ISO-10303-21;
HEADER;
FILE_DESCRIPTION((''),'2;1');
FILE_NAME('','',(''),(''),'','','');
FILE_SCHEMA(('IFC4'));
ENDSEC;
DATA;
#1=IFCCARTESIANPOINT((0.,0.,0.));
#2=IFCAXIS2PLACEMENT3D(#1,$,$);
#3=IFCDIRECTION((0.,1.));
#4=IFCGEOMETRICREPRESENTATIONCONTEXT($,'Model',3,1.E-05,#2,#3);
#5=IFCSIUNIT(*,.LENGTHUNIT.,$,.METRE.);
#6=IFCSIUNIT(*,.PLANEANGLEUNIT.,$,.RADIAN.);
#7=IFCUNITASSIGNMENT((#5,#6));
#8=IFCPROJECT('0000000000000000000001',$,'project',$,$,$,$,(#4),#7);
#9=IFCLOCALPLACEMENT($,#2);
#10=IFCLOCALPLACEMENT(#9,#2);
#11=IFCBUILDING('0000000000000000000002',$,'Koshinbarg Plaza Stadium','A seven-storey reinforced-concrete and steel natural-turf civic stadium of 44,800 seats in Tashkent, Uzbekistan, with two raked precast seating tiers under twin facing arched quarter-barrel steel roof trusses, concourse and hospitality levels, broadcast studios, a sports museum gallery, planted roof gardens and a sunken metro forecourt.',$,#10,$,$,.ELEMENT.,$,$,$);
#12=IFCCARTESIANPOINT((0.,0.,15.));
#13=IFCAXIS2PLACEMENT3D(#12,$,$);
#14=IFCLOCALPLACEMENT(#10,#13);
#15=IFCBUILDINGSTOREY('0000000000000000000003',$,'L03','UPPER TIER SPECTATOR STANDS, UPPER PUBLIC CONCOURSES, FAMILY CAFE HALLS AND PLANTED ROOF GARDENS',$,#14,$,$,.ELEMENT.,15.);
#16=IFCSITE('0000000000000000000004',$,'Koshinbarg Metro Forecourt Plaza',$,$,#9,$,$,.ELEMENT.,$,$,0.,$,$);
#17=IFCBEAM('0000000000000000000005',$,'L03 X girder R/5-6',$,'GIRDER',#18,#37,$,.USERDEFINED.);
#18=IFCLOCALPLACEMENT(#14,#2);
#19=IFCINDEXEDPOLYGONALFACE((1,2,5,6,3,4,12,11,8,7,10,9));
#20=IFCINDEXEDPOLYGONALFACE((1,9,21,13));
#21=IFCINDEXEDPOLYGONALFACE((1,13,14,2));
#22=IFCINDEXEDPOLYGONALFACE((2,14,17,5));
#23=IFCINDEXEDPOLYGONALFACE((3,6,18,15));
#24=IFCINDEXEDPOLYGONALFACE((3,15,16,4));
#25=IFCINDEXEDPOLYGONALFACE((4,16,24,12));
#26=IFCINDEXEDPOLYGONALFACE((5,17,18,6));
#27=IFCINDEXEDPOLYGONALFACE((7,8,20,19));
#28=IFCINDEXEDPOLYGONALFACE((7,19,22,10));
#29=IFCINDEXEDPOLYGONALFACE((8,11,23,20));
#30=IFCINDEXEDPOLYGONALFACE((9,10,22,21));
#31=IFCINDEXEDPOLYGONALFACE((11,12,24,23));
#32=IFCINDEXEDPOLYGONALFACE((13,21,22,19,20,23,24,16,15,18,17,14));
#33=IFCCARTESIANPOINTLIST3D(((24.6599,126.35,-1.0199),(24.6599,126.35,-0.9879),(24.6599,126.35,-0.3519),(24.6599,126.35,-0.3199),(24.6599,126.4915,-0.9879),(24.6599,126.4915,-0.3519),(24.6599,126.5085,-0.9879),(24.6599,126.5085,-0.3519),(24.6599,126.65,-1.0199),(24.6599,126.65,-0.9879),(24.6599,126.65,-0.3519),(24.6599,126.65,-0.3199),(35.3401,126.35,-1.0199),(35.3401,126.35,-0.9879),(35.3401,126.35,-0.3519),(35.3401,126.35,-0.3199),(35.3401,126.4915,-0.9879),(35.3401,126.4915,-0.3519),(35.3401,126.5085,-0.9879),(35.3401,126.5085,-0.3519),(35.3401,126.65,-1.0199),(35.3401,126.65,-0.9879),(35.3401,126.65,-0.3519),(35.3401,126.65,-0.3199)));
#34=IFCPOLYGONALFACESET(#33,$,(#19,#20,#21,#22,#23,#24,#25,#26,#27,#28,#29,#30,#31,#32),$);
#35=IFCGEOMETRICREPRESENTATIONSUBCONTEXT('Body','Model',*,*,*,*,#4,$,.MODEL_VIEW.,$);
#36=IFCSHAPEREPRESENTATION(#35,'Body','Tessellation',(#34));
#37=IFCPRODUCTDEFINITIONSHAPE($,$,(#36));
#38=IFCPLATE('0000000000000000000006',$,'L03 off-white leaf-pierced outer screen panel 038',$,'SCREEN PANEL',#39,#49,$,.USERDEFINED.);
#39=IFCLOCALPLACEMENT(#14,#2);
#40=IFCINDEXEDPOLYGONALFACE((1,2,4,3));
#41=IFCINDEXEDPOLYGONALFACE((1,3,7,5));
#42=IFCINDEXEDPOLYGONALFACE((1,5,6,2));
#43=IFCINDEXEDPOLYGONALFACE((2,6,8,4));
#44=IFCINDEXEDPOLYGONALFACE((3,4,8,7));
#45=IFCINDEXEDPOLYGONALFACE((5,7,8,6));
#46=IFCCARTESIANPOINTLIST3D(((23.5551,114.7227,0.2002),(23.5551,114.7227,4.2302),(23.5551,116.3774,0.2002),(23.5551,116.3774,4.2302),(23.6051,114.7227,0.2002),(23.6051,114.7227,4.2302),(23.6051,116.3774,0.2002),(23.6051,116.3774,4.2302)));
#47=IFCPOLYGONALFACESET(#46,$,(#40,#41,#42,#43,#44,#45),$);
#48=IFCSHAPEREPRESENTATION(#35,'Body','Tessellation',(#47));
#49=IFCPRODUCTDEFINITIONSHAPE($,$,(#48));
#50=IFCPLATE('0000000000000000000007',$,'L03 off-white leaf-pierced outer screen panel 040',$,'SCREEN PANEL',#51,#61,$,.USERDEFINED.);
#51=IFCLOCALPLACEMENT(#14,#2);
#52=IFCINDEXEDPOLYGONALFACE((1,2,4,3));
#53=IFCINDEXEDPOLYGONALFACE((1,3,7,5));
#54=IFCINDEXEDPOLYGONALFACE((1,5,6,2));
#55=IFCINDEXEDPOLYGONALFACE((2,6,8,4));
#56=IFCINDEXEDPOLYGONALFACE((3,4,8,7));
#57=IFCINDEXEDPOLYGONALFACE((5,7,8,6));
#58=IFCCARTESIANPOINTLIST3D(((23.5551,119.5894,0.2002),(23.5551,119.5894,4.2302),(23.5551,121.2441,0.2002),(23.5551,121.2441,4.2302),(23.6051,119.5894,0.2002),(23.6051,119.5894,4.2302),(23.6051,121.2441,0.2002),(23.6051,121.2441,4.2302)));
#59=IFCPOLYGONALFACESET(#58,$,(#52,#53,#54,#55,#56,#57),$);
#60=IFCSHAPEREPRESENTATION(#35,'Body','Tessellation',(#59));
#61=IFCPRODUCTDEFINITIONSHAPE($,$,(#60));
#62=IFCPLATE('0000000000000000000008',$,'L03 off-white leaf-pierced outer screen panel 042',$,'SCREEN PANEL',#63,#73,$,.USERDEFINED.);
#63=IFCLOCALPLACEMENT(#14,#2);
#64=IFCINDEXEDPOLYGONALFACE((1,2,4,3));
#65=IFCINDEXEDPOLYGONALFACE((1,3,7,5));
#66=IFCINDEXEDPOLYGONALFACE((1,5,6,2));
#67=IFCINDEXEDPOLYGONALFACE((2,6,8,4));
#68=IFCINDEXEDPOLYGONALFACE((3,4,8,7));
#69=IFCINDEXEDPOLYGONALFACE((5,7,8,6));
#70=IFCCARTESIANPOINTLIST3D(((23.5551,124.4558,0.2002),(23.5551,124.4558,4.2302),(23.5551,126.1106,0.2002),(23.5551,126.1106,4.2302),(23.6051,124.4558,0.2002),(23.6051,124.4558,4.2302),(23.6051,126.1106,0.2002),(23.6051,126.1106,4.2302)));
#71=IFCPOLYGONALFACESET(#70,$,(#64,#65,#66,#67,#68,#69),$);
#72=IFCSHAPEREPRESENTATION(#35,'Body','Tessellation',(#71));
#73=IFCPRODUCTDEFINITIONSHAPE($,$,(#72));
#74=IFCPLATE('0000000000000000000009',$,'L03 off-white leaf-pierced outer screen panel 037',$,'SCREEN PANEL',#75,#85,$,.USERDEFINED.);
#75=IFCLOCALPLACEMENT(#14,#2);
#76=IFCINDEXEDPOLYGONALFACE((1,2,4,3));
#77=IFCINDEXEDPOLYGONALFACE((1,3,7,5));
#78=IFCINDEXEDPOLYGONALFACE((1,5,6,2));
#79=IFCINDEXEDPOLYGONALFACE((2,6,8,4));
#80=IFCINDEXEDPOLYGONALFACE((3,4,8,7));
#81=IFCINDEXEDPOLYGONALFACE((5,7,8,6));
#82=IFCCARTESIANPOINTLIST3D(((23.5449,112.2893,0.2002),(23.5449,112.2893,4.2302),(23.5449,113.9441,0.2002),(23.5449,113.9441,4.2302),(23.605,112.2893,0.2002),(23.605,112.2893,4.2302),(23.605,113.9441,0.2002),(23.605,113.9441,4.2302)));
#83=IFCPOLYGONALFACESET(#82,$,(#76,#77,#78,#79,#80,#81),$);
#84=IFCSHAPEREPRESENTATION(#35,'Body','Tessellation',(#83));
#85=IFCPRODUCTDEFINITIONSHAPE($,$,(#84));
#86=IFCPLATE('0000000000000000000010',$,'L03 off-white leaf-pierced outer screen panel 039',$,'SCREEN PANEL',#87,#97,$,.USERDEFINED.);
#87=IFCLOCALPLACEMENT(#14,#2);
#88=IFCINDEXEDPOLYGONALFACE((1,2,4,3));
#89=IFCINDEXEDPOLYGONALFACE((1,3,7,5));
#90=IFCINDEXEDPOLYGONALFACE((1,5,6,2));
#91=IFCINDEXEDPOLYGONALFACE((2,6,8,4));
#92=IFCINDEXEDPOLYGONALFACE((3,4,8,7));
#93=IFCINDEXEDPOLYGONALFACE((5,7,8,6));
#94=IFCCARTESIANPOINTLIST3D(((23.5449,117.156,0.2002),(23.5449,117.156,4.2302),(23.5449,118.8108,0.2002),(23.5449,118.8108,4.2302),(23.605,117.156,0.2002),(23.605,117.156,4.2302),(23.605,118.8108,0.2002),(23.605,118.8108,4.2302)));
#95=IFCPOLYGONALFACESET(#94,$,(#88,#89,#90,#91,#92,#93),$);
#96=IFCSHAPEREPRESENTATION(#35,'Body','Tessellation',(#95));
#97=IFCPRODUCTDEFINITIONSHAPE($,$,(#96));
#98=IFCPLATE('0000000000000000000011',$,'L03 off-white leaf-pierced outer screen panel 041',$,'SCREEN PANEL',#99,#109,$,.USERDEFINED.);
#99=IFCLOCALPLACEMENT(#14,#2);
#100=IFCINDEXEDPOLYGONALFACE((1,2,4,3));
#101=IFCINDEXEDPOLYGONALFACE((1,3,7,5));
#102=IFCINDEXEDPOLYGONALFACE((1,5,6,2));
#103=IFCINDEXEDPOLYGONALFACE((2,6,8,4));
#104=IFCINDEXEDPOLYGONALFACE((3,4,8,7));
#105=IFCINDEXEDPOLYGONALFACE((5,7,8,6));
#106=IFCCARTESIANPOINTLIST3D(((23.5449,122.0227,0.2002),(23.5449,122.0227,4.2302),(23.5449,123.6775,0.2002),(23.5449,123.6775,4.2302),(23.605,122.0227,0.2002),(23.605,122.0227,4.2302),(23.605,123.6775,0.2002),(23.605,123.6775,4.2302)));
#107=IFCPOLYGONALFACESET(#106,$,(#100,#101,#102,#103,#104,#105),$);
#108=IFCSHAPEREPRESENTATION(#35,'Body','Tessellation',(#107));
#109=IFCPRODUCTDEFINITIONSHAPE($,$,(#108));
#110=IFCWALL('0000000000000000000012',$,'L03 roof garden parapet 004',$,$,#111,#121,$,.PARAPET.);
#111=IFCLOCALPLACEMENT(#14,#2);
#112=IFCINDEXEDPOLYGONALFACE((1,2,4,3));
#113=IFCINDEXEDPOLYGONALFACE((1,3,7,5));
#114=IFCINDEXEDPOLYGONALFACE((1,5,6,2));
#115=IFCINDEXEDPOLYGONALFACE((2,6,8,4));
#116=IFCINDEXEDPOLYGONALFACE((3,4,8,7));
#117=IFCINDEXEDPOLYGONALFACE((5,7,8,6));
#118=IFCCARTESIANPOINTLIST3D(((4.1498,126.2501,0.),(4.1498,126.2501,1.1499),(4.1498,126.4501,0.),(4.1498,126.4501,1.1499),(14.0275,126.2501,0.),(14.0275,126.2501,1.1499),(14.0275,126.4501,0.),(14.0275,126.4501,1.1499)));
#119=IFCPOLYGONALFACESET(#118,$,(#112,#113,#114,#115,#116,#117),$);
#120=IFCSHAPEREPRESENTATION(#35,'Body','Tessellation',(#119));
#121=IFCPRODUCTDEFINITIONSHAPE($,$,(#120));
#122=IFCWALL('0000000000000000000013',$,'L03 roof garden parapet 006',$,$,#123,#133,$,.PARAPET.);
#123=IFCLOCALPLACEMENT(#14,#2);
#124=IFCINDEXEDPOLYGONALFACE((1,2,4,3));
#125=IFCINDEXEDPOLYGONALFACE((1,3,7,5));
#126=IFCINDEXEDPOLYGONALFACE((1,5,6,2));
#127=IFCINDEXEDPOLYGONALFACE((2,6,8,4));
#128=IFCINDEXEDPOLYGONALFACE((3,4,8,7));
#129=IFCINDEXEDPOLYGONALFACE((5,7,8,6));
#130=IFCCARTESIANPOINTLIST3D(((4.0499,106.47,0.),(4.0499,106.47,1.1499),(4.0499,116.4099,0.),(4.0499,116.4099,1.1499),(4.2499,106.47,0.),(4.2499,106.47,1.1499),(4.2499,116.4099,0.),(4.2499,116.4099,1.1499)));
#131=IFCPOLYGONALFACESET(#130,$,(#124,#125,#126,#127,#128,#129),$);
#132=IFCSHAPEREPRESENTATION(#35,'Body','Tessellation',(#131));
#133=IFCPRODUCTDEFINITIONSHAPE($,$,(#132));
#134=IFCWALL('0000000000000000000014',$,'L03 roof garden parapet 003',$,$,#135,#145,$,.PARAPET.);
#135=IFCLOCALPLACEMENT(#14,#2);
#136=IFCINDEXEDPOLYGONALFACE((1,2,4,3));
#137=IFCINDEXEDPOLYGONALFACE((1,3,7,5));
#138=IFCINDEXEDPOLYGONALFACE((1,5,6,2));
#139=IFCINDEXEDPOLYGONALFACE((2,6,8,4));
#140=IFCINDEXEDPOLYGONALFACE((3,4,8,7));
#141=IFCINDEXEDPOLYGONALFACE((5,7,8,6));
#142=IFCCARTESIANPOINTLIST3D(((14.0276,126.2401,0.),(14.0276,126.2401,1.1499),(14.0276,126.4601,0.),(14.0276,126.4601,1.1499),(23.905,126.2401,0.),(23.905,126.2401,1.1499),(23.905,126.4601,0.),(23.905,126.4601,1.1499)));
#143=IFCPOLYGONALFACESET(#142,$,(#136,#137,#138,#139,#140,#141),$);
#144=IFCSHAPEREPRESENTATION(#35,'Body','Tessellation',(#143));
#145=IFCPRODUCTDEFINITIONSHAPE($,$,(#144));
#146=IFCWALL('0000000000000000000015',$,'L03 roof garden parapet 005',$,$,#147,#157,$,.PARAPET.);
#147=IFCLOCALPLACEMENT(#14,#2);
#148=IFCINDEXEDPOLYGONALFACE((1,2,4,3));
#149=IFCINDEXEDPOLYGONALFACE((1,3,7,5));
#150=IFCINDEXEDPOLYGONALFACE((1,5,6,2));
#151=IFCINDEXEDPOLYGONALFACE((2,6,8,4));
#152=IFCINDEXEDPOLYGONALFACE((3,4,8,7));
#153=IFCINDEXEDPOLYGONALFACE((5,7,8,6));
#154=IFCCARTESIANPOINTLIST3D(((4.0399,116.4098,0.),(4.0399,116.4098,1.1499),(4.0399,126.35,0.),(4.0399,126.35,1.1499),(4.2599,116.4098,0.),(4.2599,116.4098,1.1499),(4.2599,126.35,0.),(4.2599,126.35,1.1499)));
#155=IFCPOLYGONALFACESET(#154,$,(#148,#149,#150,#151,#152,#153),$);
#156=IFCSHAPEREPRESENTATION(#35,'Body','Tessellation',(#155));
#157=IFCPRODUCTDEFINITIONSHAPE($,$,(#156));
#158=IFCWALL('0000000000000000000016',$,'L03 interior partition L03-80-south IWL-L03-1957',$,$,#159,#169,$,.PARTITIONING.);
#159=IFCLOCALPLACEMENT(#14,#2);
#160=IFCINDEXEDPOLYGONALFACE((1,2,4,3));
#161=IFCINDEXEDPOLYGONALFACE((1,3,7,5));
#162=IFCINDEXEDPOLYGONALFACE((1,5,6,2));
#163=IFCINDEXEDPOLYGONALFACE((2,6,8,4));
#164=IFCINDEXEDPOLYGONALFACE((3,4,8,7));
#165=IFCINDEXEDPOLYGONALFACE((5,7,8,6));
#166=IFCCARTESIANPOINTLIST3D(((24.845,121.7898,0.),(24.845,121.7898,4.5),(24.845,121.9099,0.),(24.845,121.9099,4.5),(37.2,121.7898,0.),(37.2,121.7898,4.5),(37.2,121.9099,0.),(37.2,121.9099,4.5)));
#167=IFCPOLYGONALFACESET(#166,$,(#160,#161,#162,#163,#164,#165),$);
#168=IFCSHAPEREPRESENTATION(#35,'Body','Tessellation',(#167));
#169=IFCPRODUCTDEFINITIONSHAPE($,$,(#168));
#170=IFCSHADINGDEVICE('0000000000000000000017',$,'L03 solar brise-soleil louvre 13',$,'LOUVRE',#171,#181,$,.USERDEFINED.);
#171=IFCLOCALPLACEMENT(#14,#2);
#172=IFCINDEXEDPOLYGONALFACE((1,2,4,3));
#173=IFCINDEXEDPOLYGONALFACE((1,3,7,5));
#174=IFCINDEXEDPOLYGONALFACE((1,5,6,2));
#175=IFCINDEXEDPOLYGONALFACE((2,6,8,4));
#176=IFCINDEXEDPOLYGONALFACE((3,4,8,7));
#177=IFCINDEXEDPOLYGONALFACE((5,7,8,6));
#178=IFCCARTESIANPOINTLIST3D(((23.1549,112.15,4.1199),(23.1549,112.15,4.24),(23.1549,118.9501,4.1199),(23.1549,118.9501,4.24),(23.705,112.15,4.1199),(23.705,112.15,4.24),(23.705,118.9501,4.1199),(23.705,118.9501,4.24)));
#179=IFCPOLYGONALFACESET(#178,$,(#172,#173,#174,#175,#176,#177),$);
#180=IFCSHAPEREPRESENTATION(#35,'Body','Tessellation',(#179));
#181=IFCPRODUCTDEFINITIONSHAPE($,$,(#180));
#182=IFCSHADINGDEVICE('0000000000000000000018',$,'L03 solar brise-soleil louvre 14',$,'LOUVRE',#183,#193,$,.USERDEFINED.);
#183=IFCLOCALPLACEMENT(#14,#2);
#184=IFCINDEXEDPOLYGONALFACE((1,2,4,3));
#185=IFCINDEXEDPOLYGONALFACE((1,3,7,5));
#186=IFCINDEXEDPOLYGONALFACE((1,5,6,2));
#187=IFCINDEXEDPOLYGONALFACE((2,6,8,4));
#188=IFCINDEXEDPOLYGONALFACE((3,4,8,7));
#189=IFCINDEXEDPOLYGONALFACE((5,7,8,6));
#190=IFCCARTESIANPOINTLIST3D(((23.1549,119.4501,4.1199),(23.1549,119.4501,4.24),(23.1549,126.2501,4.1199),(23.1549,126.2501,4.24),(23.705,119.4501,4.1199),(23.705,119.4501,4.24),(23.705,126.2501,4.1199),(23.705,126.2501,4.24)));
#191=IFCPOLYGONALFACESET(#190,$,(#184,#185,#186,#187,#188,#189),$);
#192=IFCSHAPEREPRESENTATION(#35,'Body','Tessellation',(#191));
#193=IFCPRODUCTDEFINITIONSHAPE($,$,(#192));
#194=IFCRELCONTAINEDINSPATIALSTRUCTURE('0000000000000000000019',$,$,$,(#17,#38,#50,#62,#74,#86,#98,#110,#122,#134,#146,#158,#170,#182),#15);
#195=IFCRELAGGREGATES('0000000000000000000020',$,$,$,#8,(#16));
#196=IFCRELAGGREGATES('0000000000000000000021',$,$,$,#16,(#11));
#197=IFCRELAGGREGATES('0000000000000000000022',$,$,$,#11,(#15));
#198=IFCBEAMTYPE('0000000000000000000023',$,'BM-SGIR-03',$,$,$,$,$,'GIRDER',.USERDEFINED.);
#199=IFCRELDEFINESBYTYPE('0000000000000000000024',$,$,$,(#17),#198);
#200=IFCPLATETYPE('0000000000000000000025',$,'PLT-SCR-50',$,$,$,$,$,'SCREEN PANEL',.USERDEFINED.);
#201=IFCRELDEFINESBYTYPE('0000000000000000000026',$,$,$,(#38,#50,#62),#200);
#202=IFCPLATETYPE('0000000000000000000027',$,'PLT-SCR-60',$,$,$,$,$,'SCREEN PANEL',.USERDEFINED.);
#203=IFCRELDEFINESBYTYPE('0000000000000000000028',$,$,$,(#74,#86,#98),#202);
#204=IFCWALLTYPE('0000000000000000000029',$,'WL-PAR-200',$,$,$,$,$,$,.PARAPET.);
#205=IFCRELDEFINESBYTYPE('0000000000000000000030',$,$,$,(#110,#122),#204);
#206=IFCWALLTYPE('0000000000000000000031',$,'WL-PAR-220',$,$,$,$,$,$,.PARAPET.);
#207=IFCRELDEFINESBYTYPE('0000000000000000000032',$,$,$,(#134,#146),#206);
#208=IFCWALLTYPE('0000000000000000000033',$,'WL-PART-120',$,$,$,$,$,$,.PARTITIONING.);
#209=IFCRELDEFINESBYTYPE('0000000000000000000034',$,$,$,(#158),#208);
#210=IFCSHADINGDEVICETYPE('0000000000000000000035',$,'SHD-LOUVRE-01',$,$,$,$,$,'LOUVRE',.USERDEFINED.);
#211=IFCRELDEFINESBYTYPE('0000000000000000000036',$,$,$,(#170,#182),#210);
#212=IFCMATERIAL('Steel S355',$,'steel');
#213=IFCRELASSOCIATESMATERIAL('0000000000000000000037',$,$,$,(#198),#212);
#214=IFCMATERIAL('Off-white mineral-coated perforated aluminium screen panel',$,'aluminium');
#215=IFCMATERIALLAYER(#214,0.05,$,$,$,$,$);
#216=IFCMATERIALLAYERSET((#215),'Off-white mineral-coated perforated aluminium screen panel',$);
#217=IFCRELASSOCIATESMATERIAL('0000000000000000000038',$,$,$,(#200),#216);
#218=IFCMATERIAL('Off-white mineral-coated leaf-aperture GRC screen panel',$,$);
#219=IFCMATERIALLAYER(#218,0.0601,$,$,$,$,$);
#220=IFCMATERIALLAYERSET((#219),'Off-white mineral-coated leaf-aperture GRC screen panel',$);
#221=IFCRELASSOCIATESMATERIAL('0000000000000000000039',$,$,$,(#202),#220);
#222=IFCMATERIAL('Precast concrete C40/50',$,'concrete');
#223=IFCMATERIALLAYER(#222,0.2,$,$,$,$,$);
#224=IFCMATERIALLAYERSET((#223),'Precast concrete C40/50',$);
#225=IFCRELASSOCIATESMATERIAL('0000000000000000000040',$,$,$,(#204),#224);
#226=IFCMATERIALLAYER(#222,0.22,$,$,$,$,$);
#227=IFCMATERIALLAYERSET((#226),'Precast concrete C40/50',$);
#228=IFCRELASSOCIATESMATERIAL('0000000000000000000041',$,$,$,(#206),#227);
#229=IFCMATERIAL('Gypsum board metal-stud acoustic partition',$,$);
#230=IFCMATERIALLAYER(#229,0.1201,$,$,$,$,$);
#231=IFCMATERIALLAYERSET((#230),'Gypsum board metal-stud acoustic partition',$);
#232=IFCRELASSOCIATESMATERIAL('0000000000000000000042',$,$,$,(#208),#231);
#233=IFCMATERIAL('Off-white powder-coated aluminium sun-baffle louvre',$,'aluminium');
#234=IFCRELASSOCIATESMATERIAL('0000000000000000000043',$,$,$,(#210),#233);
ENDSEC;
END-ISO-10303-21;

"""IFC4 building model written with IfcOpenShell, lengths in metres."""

from ifc_helpers import new_model, si_unit, direction, frame, frame_2d, origin, origin_2d, place, context, subcontext, project, spatial, rectangle, i_section, extrude, material, layer, layer_set, material_profile, profile_set, type_object, element, save


model = new_model("IFC4")

# Units and contexts
model_context = context("Model", 3, precision=1e-05, world=origin(), true_north=direction((0.0, 1.0)))
body_context = subcontext(model_context, "Body", "Model", "MODEL_VIEW")
ifc_project = project(units=[si_unit("LENGTHUNIT", "METRE"), si_unit("PLANEANGLEUNIT", "RADIAN")], contexts=[model_context])

# Site, building, storey
site_placement = place(None, origin())
site = spatial("IfcSite", under=ifc_project, at=site_placement, Name="Koshinbarg Metro Forecourt Plaza", CompositionType="ELEMENT", RefElevation=0.0)
building_placement = place(site_placement, origin())
building = spatial("IfcBuilding", under=site, at=building_placement, Name="Koshinbarg Plaza Stadium", Description="A seven-storey reinforced-concrete and steel natural-turf civic stadium of 44,800 seats in Tashkent, Uzbekistan, with two raked precast seating tiers under twin facing arched quarter-barrel steel roof trusses, concourse and hospitality levels, broadcast studios, a sports museum gallery, planted roof gardens and a sunken metro forecourt.", CompositionType="ELEMENT")
storey_placement = place(building_placement, frame((0.0, 0.0, 15.0)))
storey = spatial("IfcBuildingStorey", under=building, at=storey_placement, Name="L03", Description="UPPER TIER SPECTATOR STANDS, UPPER PUBLIC CONCOURSES, FAMILY CAFE HALLS AND PLANTED ROOF GARDENS", CompositionType="ELEMENT", Elevation=15.0)

# Shared definitions
ifc_material_1 = material(Name="Steel S355", Category="steel")

# Beam
ifc_material_profile_1 = material_profile(ifc_material_1, i_section(OverallWidth=0.3, OverallDepth=0.7, WebThickness=0.0171, FlangeThickness=0.032, at=origin_2d()), Name="HEB 700")
ifc_profile_set_1 = profile_set([ifc_material_profile_1], Name="Steel S355")
beam_type_1 = type_object("IfcBeamType", Name="BM-SGIR-03", ElementType="GIRDER", PredefinedType="USERDEFINED", material=ifc_profile_set_1)
beam_placement = place(storey_placement, frame((24.6599, 126.5, -0.6699), z_axis=(1.0, 0.0, 0.0), x_axis=(0.0, 1.0, 0.0)))
element("IfcBeam", 1, at=beam_placement, inside=storey, type_object=beam_type_1, Name="L03 X girder R/5-6", ObjectType="GIRDER", PredefinedType="USERDEFINED", context=body_context, shape_type="SweptSolid", body=[
    extrude(i_section(OverallWidth=0.3, OverallDepth=0.7, WebThickness=0.0171, FlangeThickness=0.032, at=origin_2d()), origin(), (0.0, 0.0, 1.0), 10.6802),
])

# Plates
ifc_material_2 = material(Name="Off-white mineral-coated perforated aluminium screen panel", Category="aluminium")
ifc_layer_1 = layer(ifc_material_2, 0.05)
ifc_layer_set_1 = layer_set([ifc_layer_1], Name="Off-white mineral-coated perforated aluminium screen panel")
plate_type_1 = type_object("IfcPlateType", Name="PLT-SCR-50", ElementType="SCREEN PANEL", PredefinedType="USERDEFINED", material=ifc_layer_set_1)
for number, where, z_axis, x_axis, name in (
    (2, (23.5801, 115.55, 0.2002), (0.0, 0.0, 1.0), (1.0, 0.0, 0.0), "L03 off-white leaf-pierced outer screen panel 038"),
    (3, (23.5801, 120.4167, 0.2002), (0.0, 0.0, 1.0), (1.0, 0.0, 0.0), "L03 off-white leaf-pierced outer screen panel 040"),
    (4, (23.5801, 125.2832, 0.2002), (0.0, 0.0, 1.0), (1.0, 0.0, 0.0), "L03 off-white leaf-pierced outer screen panel 042"),
):
    element("IfcPlate", number, at=place(storey_placement, frame(where, z_axis=z_axis, x_axis=x_axis)), inside=storey, type_object=plate_type_1, Name=name, ObjectType="SCREEN PANEL", PredefinedType="USERDEFINED", context=body_context, shape_type="SweptSolid", body=[
        extrude(rectangle(XDim=0.05, YDim=1.6548, at=origin_2d()), origin(), (0.0, 0.0, 1.0), 4.03),
    ])
ifc_material_3 = material(Name="Off-white mineral-coated leaf-aperture GRC screen panel")
ifc_layer_2 = layer(ifc_material_3, 0.0601)
ifc_layer_set_2 = layer_set([ifc_layer_2], Name="Off-white mineral-coated leaf-aperture GRC screen panel")
plate_type_2 = type_object("IfcPlateType", Name="PLT-SCR-60", ElementType="SCREEN PANEL", PredefinedType="USERDEFINED", material=ifc_layer_set_2)
for number, where, z_axis, x_axis, name in (
    (5, (23.575, 113.1167, 0.2002), (0.0, 0.0, 1.0), (1.0, 0.0, 0.0), "L03 off-white leaf-pierced outer screen panel 037"),
    (6, (23.575, 117.9834, 0.2002), (0.0, 0.0, 1.0), (1.0, 0.0, 0.0), "L03 off-white leaf-pierced outer screen panel 039"),
    (7, (23.575, 122.8501, 0.2002), (0.0, 0.0, 1.0), (1.0, 0.0, 0.0), "L03 off-white leaf-pierced outer screen panel 041"),
):
    element("IfcPlate", number, at=place(storey_placement, frame(where, z_axis=z_axis, x_axis=x_axis)), inside=storey, type_object=plate_type_2, Name=name, ObjectType="SCREEN PANEL", PredefinedType="USERDEFINED", context=body_context, shape_type="SweptSolid", body=[
        extrude(rectangle(XDim=0.0601, YDim=1.6548, at=origin_2d()), origin(), (0.0, 0.0, 1.0), 4.03),
    ])

# Walls
ifc_material_4 = material(Name="Precast concrete C40/50", Category="concrete")
ifc_layer_3 = layer(ifc_material_4, 0.2)
ifc_layer_set_3 = layer_set([ifc_layer_3], Name="Precast concrete C40/50")
wall_type_1 = type_object("IfcWallType", Name="WL-PAR-200", PredefinedType="PARAPET", material=ifc_layer_set_3)
wall_1_placement = place(storey_placement, frame((14.0276, 126.3501, 0.0), z_axis=(0.0, 0.0, 1.0), x_axis=(-1.0, 0.0, 0.0)))
element("IfcWall", 8, at=wall_1_placement, inside=storey, type_object=wall_type_1, Name="L03 roof garden parapet 004", PredefinedType="PARAPET", context=body_context, shape_type="SweptSolid", body=[
    extrude(rectangle(XDim=9.8777, YDim=0.2, at=frame_2d((4.939, 0.0))), origin(), (0.0, 0.0, 1.0), 1.1499),
])
wall_2_placement = place(storey_placement, frame((4.1499, 116.4099, 0.0), z_axis=(0.0, 0.0, 1.0), x_axis=(0.0, -1.0, 0.0)))
element("IfcWall", 9, at=wall_2_placement, inside=storey, type_object=wall_type_1, Name="L03 roof garden parapet 006", PredefinedType="PARAPET", context=body_context, shape_type="SweptSolid", body=[
    extrude(rectangle(XDim=9.9399, YDim=0.2, at=frame_2d((4.97, 0.0))), origin(), (0.0, 0.0, 1.0), 1.1499),
])
ifc_layer_4 = layer(ifc_material_4, 0.22)
ifc_layer_set_4 = layer_set([ifc_layer_4], Name="Precast concrete C40/50")
wall_type_2 = type_object("IfcWallType", Name="WL-PAR-220", PredefinedType="PARAPET", material=ifc_layer_set_4)
wall_3_placement = place(storey_placement, frame((23.905, 126.3501, 0.0), z_axis=(0.0, 0.0, 1.0), x_axis=(-1.0, 0.0, 0.0)))
element("IfcWall", 10, at=wall_3_placement, inside=storey, type_object=wall_type_2, Name="L03 roof garden parapet 003", PredefinedType="PARAPET", context=body_context, shape_type="SweptSolid", body=[
    extrude(rectangle(XDim=9.8774, YDim=0.22, at=frame_2d((4.9387, 0.0))), origin(), (0.0, 0.0, 1.0), 1.1499),
])
wall_4_placement = place(storey_placement, frame((4.1499, 126.3501, 0.0), z_axis=(0.0, 0.0, 1.0), x_axis=(0.0, -1.0, 0.0)))
element("IfcWall", 11, at=wall_4_placement, inside=storey, type_object=wall_type_2, Name="L03 roof garden parapet 005", PredefinedType="PARAPET", context=body_context, shape_type="SweptSolid", body=[
    extrude(rectangle(XDim=9.9402, YDim=0.22, at=frame_2d((4.9702, 0.0))), origin(), (0.0, 0.0, 1.0), 1.1499),
])
ifc_material_5 = material(Name="Gypsum board metal-stud acoustic partition")
ifc_layer_5 = layer(ifc_material_5, 0.1201)
ifc_layer_set_5 = layer_set([ifc_layer_5], Name="Gypsum board metal-stud acoustic partition")
wall_type_3 = type_object("IfcWallType", Name="WL-PART-120", PredefinedType="PARTITIONING", material=ifc_layer_set_5)
wall_5_placement = place(storey_placement, frame((24.845, 121.8499, 0.0), z_axis=(0.0, 0.0, 1.0), x_axis=(1.0, 0.0, 0.0)))
element("IfcWall", 12, at=wall_5_placement, inside=storey, type_object=wall_type_3, Name="L03 interior partition L03-80-south IWL-L03-1957", PredefinedType="PARTITIONING", context=body_context, shape_type="SweptSolid", body=[
    extrude(rectangle(XDim=12.355, YDim=0.1201, at=frame_2d((6.1775, 0.0))), origin(), (0.0, 0.0, 1.0), 4.5),
])

# Shading devices
ifc_material_6 = material(Name="Off-white powder-coated aluminium sun-baffle louvre", Category="aluminium")
shading_device_type = type_object("IfcShadingDeviceType", Name="SHD-LOUVRE-01", ElementType="LOUVRE", PredefinedType="USERDEFINED", material=ifc_material_6)
for number, where, z_axis, x_axis, name in (
    (13, (23.4299, 115.55, 4.1199), (0.0, 0.0, 1.0), (1.0, 0.0, 0.0), "L03 solar brise-soleil louvre 13"),
    (14, (23.4299, 122.8501, 4.1199), (0.0, 0.0, 1.0), (1.0, 0.0, 0.0), "L03 solar brise-soleil louvre 14"),
):
    element("IfcShadingDevice", number, at=place(storey_placement, frame(where, z_axis=z_axis, x_axis=x_axis)), inside=storey, type_object=shading_device_type, Name=name, ObjectType="LOUVRE", PredefinedType="USERDEFINED", context=body_context, shape_type="SweptSolid", body=[
        extrude(rectangle(XDim=0.55, YDim=6.8, at=origin_2d()), origin(), (0.0, 0.0, 1.0), 0.1201),
    ])

save(model, "model.ifc")
